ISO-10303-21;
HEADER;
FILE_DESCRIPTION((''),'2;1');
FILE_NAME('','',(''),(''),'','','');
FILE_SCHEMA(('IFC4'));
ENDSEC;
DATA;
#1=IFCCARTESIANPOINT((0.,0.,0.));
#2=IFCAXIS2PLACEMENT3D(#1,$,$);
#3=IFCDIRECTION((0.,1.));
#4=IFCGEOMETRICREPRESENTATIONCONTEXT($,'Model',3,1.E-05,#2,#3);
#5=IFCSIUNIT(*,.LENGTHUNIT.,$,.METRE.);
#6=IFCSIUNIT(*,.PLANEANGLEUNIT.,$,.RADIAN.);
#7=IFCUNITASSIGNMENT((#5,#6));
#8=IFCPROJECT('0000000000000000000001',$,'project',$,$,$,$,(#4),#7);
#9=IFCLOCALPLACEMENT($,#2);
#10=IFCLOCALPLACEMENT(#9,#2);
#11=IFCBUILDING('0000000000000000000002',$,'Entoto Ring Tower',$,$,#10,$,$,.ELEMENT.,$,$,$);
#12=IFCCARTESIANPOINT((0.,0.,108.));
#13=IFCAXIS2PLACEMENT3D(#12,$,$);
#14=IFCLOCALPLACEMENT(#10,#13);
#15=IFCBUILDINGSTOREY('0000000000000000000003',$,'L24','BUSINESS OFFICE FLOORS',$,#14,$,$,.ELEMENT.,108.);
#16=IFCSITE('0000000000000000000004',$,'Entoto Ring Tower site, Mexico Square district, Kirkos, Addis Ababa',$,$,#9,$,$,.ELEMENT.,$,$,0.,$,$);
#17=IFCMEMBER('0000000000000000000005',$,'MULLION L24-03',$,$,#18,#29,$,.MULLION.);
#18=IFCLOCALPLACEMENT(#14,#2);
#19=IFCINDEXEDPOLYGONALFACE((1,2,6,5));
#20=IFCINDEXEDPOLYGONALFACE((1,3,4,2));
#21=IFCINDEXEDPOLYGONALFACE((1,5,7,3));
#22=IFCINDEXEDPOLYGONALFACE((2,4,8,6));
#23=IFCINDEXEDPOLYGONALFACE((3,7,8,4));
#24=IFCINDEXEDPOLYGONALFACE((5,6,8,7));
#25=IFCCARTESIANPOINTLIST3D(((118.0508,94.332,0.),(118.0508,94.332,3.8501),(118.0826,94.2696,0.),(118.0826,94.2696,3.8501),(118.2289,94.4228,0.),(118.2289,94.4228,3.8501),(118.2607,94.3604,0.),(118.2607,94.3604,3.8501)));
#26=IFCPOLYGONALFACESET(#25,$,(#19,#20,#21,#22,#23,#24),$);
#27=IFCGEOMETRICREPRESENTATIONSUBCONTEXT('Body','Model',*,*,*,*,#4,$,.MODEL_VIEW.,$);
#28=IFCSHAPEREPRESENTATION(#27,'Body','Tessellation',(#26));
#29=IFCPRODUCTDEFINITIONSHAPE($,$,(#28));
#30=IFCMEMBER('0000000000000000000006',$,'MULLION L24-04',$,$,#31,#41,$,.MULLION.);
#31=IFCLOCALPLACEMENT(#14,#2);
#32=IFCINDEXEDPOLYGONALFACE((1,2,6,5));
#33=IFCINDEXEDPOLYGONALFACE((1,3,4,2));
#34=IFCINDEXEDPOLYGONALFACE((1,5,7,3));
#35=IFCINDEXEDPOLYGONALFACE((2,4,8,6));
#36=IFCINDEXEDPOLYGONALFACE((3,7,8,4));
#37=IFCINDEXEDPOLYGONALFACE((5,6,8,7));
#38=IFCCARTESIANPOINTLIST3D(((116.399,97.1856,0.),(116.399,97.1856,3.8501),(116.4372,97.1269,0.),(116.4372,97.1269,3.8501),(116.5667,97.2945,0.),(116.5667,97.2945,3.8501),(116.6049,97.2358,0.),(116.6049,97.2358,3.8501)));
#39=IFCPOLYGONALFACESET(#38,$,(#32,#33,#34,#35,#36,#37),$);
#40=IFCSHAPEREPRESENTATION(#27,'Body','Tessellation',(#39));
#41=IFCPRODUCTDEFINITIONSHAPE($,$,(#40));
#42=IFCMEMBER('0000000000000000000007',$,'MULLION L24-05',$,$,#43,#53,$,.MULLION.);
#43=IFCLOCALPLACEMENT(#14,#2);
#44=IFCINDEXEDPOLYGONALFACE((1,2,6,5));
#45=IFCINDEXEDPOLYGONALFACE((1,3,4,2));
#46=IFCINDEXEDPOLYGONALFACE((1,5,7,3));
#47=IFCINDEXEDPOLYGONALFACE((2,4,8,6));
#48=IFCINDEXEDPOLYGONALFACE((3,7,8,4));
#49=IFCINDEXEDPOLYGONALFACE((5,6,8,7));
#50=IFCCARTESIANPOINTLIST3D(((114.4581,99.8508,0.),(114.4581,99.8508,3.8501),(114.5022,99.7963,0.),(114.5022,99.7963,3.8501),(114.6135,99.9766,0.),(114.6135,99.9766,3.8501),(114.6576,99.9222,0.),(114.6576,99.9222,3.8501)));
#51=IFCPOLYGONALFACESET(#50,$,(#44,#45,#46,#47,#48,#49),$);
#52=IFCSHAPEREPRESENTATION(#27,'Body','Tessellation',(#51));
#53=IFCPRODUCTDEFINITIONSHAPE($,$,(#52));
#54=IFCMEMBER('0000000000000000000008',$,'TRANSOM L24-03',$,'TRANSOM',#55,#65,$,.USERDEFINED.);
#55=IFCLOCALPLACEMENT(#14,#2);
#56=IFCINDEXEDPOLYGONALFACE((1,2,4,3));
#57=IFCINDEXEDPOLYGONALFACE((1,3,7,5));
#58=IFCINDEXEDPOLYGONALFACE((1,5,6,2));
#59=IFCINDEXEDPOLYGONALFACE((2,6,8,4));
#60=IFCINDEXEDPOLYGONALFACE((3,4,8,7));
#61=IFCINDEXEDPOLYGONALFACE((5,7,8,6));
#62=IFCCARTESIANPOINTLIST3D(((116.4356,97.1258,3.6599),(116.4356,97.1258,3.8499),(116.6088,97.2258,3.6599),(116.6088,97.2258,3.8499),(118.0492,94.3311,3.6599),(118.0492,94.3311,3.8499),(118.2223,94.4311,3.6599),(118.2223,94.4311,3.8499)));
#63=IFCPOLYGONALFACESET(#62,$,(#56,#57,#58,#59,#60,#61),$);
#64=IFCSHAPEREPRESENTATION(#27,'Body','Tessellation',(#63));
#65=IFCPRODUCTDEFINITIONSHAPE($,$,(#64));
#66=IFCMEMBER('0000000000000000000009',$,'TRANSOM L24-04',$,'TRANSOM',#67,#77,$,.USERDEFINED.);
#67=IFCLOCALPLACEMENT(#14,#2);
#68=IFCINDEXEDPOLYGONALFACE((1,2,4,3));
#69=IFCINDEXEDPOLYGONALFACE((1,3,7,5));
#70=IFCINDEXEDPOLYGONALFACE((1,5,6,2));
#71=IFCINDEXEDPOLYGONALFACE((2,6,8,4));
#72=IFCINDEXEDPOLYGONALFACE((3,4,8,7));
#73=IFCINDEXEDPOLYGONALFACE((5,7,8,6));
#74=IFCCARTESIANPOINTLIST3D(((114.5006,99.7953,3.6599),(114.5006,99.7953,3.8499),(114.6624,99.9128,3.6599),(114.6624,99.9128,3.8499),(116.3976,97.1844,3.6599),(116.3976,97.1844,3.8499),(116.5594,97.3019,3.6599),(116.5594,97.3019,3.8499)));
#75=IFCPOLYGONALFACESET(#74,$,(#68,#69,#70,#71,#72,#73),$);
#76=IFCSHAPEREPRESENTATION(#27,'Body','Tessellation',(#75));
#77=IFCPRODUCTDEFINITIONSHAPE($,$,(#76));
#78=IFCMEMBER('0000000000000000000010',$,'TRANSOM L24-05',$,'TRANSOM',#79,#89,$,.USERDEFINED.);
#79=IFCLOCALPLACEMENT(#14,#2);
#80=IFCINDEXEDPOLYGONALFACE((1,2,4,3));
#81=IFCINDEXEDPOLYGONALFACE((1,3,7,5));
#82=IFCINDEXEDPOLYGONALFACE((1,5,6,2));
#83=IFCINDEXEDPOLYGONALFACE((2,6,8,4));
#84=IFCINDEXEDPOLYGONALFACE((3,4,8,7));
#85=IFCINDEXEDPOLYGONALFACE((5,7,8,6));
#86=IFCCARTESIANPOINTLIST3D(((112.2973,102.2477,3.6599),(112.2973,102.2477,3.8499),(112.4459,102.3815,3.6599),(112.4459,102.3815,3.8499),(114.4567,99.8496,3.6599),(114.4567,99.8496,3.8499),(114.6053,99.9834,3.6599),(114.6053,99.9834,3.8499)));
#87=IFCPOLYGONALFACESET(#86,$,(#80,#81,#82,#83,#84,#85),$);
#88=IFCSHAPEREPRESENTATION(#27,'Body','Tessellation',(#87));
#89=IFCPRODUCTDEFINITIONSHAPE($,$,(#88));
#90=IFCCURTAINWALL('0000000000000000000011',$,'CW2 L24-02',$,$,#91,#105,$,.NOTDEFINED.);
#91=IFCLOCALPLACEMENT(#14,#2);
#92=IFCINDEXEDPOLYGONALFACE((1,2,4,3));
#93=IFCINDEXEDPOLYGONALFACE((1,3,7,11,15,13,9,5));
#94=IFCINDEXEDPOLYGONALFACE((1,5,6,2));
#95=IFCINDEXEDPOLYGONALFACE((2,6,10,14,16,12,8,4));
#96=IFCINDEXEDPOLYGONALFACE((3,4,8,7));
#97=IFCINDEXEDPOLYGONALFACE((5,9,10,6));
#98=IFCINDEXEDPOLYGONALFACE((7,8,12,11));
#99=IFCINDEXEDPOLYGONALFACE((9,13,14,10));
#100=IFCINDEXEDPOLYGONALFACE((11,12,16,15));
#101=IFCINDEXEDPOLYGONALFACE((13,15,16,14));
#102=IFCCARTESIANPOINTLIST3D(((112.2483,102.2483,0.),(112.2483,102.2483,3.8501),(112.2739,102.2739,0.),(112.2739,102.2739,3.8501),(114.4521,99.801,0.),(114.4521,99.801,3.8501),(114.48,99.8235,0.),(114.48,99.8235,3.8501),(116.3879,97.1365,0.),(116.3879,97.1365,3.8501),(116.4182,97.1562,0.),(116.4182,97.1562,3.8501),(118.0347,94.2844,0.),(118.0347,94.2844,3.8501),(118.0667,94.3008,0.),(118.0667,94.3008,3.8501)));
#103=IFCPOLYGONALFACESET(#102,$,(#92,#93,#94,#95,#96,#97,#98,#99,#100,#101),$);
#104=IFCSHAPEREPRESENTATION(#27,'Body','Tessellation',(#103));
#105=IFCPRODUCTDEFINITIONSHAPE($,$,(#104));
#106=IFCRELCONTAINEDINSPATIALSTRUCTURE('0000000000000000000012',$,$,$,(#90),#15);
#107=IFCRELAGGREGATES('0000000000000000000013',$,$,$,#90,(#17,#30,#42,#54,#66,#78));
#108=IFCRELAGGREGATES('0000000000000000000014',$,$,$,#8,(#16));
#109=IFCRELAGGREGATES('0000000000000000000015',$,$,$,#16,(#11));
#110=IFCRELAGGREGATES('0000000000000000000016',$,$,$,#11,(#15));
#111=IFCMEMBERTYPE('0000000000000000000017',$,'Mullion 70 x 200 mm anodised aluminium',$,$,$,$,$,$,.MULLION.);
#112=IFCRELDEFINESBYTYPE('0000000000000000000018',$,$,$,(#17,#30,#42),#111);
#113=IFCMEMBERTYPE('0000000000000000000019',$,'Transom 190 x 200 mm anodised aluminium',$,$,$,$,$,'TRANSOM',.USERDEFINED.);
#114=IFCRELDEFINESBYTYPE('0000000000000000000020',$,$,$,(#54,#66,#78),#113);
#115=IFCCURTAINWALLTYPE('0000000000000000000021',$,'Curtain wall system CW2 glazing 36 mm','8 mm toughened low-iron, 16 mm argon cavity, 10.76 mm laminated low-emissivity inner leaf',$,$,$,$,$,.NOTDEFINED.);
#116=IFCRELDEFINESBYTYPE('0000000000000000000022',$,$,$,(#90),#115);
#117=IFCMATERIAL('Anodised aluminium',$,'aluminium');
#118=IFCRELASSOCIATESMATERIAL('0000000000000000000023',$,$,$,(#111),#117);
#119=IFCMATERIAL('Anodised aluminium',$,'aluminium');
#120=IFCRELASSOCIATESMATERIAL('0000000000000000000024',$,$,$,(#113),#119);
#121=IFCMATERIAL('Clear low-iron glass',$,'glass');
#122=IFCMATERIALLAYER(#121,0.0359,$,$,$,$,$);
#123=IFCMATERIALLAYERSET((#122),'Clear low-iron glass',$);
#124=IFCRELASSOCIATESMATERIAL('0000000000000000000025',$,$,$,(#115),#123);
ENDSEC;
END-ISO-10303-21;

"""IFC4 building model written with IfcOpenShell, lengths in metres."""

from ifc_helpers import new_model, si_unit, direction, frame, origin, origin_2d, place, context, subcontext, project, spatial, polyline, rectangle, outline, extrude, material, layer, layer_set, material_profile, profile_set, type_object, element, aggregate, save


model = new_model("IFC4")

# Units and contexts
model_context = context("Model", 3, precision=1e-05, world=origin(), true_north=direction((0.0, 1.0)))
body_context = subcontext(model_context, "Body", "Model", "MODEL_VIEW")
ifc_project = project(units=[si_unit("LENGTHUNIT", "METRE"), si_unit("PLANEANGLEUNIT", "RADIAN")], contexts=[model_context])

# Members
ifc_material_1 = material(Name="Anodised aluminium", Category="aluminium")
ifc_material_profile_1 = material_profile(ifc_material_1, rectangle(XDim=0.0701, YDim=0.2, at=origin_2d()), Name="Mullion 70 x 200 mm anodised aluminium")
ifc_profile_set_1 = profile_set([ifc_material_profile_1], Name="Anodised aluminium")
member_type_1 = type_object("IfcMemberType", Name="Mullion 70 x 200 mm anodised aluminium", PredefinedType="MULLION", material=ifc_profile_set_1)
site_placement = place(None, origin())
building_placement = place(site_placement, origin())
storey_placement = place(building_placement, frame((0.0, 0.0, 108.0)))
member_1_placement = place(storey_placement, frame((118.1558, 94.3462, 0.0), z_axis=(0.0, 0.0, 1.0), x_axis=(-0.45399, 0.891007, 0.0)))
member_1 = element("IfcMember", 1, at=member_1_placement, type_object=member_type_1, Name="MULLION L24-03", PredefinedType="MULLION", context=body_context, shape_type="SweptSolid", body=[
    extrude(rectangle(XDim=0.0701, YDim=0.2, at=origin_2d()), origin(), (0.0, 0.0, 1.0), 3.8501),
])
member_2_placement = place(storey_placement, frame((116.502, 97.2107, 0.0), z_axis=(0.0, 0.0, 1.0), x_axis=(-0.544639, 0.838671, 0.0)))
member_2 = element("IfcMember", 2, at=member_2_placement, type_object=member_type_1, Name="MULLION L24-04", PredefinedType="MULLION", context=body_context, shape_type="SweptSolid", body=[
    extrude(rectangle(XDim=0.0701, YDim=0.2, at=origin_2d()), origin(), (0.0, 0.0, 1.0), 3.8501),
])
member_3_placement = place(storey_placement, frame((114.5579, 99.8865, 0.0), z_axis=(0.0, 0.0, 1.0), x_axis=(-0.62932, 0.777146, 0.0)))
member_3 = element("IfcMember", 3, at=member_3_placement, type_object=member_type_1, Name="MULLION L24-05", PredefinedType="MULLION", context=body_context, shape_type="SweptSolid", body=[
    extrude(rectangle(XDim=0.0701, YDim=0.2, at=origin_2d()), origin(), (0.0, 0.0, 1.0), 3.8501),
])
ifc_material_2 = material(Name="Anodised aluminium", Category="aluminium")
ifc_material_profile_2 = material_profile(ifc_material_2, rectangle(XDim=0.2, YDim=0.1899, at=origin_2d()), Name="Transom 190 x 200 mm anodised aluminium")
ifc_profile_set_2 = profile_set([ifc_material_profile_2], Name="Anodised aluminium")
member_type_2 = type_object("IfcMemberType", Name="Transom 190 x 200 mm anodised aluminium", ElementType="TRANSOM", PredefinedType="USERDEFINED", material=ifc_profile_set_2)
member_4_placement = place(storey_placement, frame((118.1357, 94.3811, 3.7549), z_axis=(-0.500004, 0.866023, 0.0), x_axis=(-0.866023, -0.500004, 0.0)))
member_4 = element("IfcMember", 4, at=member_4_placement, type_object=member_type_2, Name="TRANSOM L24-03", ObjectType="TRANSOM", PredefinedType="USERDEFINED", context=body_context, shape_type="SweptSolid", body=[
    extrude(rectangle(XDim=0.2, YDim=0.1899, at=origin_2d()), origin(), (0.0, 0.0, 1.0), 3.2271),
])
member_5_placement = place(storey_placement, frame((116.4785, 97.2432, 3.7549), z_axis=(-0.587803, 0.809004, 0.0), x_axis=(-0.809004, -0.587803, 0.0)))
member_5 = element("IfcMember", 5, at=member_5_placement, type_object=member_type_2, Name="TRANSOM L24-04", ObjectType="TRANSOM", PredefinedType="USERDEFINED", context=body_context, shape_type="SweptSolid", body=[
    extrude(rectangle(XDim=0.2, YDim=0.1899, at=origin_2d()), origin(), (0.0, 0.0, 1.0), 3.2273),
])
member_6_placement = place(storey_placement, frame((114.531, 99.9165, 3.7549), z_axis=(-0.669144, 0.743132, 0.0), x_axis=(-0.743132, -0.669144, 0.0)))
member_6 = element("IfcMember", 6, at=member_6_placement, type_object=member_type_2, Name="TRANSOM L24-05", ObjectType="TRANSOM", PredefinedType="USERDEFINED", context=body_context, shape_type="SweptSolid", body=[
    extrude(rectangle(XDim=0.2, YDim=0.1899, at=origin_2d()), origin(), (0.0, 0.0, 1.0), 3.2271),
])

# Site, building, storey
site = spatial("IfcSite", under=ifc_project, at=site_placement, Name="Entoto Ring Tower site, Mexico Square district, Kirkos, Addis Ababa", CompositionType="ELEMENT", RefElevation=0.0)
building = spatial("IfcBuilding", under=site, at=building_placement, Name="Entoto Ring Tower", CompositionType="ELEMENT")
storey = spatial("IfcBuildingStorey", under=building, at=storey_placement, Name="L24", Description="BUSINESS OFFICE FLOORS", CompositionType="ELEMENT", Elevation=108.0)

# Curtain wall
ifc_material_3 = material(Name="Clear low-iron glass", Category="glass")
ifc_layer_1 = layer(ifc_material_3, 0.0359)
ifc_layer_set_1 = layer_set([ifc_layer_1], Name="Clear low-iron glass")
curtain_wall_type = type_object("IfcCurtainWallType", Name="Curtain wall system CW2 glazing 36 mm", Description="8 mm toughened low-iron, 16 mm argon cavity, 10.76 mm laminated low-emissivity inner leaf", PredefinedType="NOTDEFINED", material=ifc_layer_set_1)
curtain_wall_1_placement = place(storey_placement, origin())
curtain_wall_1 = element("IfcCurtainWall", 7, at=curtain_wall_1_placement, inside=storey, type_object=curtain_wall_type, Name="CW2 L24-02", PredefinedType="NOTDEFINED", context=body_context, shape_type="SweptSolid", body=[
    extrude(outline(polyline([(118.0667, 94.3008), (116.4182, 97.1562), (114.48, 99.8235), (112.2739, 102.2739), (112.2483, 102.2483), (114.4521, 99.801), (116.3879, 97.1365), (118.0347, 94.2844), (118.0667, 94.3008)])), origin(), (0.0, 0.0, 1.0), 3.8501),
])
aggregate(curtain_wall_1, [member_1, member_2, member_3, member_4, member_5, member_6])

save(model, "model.ifc")
